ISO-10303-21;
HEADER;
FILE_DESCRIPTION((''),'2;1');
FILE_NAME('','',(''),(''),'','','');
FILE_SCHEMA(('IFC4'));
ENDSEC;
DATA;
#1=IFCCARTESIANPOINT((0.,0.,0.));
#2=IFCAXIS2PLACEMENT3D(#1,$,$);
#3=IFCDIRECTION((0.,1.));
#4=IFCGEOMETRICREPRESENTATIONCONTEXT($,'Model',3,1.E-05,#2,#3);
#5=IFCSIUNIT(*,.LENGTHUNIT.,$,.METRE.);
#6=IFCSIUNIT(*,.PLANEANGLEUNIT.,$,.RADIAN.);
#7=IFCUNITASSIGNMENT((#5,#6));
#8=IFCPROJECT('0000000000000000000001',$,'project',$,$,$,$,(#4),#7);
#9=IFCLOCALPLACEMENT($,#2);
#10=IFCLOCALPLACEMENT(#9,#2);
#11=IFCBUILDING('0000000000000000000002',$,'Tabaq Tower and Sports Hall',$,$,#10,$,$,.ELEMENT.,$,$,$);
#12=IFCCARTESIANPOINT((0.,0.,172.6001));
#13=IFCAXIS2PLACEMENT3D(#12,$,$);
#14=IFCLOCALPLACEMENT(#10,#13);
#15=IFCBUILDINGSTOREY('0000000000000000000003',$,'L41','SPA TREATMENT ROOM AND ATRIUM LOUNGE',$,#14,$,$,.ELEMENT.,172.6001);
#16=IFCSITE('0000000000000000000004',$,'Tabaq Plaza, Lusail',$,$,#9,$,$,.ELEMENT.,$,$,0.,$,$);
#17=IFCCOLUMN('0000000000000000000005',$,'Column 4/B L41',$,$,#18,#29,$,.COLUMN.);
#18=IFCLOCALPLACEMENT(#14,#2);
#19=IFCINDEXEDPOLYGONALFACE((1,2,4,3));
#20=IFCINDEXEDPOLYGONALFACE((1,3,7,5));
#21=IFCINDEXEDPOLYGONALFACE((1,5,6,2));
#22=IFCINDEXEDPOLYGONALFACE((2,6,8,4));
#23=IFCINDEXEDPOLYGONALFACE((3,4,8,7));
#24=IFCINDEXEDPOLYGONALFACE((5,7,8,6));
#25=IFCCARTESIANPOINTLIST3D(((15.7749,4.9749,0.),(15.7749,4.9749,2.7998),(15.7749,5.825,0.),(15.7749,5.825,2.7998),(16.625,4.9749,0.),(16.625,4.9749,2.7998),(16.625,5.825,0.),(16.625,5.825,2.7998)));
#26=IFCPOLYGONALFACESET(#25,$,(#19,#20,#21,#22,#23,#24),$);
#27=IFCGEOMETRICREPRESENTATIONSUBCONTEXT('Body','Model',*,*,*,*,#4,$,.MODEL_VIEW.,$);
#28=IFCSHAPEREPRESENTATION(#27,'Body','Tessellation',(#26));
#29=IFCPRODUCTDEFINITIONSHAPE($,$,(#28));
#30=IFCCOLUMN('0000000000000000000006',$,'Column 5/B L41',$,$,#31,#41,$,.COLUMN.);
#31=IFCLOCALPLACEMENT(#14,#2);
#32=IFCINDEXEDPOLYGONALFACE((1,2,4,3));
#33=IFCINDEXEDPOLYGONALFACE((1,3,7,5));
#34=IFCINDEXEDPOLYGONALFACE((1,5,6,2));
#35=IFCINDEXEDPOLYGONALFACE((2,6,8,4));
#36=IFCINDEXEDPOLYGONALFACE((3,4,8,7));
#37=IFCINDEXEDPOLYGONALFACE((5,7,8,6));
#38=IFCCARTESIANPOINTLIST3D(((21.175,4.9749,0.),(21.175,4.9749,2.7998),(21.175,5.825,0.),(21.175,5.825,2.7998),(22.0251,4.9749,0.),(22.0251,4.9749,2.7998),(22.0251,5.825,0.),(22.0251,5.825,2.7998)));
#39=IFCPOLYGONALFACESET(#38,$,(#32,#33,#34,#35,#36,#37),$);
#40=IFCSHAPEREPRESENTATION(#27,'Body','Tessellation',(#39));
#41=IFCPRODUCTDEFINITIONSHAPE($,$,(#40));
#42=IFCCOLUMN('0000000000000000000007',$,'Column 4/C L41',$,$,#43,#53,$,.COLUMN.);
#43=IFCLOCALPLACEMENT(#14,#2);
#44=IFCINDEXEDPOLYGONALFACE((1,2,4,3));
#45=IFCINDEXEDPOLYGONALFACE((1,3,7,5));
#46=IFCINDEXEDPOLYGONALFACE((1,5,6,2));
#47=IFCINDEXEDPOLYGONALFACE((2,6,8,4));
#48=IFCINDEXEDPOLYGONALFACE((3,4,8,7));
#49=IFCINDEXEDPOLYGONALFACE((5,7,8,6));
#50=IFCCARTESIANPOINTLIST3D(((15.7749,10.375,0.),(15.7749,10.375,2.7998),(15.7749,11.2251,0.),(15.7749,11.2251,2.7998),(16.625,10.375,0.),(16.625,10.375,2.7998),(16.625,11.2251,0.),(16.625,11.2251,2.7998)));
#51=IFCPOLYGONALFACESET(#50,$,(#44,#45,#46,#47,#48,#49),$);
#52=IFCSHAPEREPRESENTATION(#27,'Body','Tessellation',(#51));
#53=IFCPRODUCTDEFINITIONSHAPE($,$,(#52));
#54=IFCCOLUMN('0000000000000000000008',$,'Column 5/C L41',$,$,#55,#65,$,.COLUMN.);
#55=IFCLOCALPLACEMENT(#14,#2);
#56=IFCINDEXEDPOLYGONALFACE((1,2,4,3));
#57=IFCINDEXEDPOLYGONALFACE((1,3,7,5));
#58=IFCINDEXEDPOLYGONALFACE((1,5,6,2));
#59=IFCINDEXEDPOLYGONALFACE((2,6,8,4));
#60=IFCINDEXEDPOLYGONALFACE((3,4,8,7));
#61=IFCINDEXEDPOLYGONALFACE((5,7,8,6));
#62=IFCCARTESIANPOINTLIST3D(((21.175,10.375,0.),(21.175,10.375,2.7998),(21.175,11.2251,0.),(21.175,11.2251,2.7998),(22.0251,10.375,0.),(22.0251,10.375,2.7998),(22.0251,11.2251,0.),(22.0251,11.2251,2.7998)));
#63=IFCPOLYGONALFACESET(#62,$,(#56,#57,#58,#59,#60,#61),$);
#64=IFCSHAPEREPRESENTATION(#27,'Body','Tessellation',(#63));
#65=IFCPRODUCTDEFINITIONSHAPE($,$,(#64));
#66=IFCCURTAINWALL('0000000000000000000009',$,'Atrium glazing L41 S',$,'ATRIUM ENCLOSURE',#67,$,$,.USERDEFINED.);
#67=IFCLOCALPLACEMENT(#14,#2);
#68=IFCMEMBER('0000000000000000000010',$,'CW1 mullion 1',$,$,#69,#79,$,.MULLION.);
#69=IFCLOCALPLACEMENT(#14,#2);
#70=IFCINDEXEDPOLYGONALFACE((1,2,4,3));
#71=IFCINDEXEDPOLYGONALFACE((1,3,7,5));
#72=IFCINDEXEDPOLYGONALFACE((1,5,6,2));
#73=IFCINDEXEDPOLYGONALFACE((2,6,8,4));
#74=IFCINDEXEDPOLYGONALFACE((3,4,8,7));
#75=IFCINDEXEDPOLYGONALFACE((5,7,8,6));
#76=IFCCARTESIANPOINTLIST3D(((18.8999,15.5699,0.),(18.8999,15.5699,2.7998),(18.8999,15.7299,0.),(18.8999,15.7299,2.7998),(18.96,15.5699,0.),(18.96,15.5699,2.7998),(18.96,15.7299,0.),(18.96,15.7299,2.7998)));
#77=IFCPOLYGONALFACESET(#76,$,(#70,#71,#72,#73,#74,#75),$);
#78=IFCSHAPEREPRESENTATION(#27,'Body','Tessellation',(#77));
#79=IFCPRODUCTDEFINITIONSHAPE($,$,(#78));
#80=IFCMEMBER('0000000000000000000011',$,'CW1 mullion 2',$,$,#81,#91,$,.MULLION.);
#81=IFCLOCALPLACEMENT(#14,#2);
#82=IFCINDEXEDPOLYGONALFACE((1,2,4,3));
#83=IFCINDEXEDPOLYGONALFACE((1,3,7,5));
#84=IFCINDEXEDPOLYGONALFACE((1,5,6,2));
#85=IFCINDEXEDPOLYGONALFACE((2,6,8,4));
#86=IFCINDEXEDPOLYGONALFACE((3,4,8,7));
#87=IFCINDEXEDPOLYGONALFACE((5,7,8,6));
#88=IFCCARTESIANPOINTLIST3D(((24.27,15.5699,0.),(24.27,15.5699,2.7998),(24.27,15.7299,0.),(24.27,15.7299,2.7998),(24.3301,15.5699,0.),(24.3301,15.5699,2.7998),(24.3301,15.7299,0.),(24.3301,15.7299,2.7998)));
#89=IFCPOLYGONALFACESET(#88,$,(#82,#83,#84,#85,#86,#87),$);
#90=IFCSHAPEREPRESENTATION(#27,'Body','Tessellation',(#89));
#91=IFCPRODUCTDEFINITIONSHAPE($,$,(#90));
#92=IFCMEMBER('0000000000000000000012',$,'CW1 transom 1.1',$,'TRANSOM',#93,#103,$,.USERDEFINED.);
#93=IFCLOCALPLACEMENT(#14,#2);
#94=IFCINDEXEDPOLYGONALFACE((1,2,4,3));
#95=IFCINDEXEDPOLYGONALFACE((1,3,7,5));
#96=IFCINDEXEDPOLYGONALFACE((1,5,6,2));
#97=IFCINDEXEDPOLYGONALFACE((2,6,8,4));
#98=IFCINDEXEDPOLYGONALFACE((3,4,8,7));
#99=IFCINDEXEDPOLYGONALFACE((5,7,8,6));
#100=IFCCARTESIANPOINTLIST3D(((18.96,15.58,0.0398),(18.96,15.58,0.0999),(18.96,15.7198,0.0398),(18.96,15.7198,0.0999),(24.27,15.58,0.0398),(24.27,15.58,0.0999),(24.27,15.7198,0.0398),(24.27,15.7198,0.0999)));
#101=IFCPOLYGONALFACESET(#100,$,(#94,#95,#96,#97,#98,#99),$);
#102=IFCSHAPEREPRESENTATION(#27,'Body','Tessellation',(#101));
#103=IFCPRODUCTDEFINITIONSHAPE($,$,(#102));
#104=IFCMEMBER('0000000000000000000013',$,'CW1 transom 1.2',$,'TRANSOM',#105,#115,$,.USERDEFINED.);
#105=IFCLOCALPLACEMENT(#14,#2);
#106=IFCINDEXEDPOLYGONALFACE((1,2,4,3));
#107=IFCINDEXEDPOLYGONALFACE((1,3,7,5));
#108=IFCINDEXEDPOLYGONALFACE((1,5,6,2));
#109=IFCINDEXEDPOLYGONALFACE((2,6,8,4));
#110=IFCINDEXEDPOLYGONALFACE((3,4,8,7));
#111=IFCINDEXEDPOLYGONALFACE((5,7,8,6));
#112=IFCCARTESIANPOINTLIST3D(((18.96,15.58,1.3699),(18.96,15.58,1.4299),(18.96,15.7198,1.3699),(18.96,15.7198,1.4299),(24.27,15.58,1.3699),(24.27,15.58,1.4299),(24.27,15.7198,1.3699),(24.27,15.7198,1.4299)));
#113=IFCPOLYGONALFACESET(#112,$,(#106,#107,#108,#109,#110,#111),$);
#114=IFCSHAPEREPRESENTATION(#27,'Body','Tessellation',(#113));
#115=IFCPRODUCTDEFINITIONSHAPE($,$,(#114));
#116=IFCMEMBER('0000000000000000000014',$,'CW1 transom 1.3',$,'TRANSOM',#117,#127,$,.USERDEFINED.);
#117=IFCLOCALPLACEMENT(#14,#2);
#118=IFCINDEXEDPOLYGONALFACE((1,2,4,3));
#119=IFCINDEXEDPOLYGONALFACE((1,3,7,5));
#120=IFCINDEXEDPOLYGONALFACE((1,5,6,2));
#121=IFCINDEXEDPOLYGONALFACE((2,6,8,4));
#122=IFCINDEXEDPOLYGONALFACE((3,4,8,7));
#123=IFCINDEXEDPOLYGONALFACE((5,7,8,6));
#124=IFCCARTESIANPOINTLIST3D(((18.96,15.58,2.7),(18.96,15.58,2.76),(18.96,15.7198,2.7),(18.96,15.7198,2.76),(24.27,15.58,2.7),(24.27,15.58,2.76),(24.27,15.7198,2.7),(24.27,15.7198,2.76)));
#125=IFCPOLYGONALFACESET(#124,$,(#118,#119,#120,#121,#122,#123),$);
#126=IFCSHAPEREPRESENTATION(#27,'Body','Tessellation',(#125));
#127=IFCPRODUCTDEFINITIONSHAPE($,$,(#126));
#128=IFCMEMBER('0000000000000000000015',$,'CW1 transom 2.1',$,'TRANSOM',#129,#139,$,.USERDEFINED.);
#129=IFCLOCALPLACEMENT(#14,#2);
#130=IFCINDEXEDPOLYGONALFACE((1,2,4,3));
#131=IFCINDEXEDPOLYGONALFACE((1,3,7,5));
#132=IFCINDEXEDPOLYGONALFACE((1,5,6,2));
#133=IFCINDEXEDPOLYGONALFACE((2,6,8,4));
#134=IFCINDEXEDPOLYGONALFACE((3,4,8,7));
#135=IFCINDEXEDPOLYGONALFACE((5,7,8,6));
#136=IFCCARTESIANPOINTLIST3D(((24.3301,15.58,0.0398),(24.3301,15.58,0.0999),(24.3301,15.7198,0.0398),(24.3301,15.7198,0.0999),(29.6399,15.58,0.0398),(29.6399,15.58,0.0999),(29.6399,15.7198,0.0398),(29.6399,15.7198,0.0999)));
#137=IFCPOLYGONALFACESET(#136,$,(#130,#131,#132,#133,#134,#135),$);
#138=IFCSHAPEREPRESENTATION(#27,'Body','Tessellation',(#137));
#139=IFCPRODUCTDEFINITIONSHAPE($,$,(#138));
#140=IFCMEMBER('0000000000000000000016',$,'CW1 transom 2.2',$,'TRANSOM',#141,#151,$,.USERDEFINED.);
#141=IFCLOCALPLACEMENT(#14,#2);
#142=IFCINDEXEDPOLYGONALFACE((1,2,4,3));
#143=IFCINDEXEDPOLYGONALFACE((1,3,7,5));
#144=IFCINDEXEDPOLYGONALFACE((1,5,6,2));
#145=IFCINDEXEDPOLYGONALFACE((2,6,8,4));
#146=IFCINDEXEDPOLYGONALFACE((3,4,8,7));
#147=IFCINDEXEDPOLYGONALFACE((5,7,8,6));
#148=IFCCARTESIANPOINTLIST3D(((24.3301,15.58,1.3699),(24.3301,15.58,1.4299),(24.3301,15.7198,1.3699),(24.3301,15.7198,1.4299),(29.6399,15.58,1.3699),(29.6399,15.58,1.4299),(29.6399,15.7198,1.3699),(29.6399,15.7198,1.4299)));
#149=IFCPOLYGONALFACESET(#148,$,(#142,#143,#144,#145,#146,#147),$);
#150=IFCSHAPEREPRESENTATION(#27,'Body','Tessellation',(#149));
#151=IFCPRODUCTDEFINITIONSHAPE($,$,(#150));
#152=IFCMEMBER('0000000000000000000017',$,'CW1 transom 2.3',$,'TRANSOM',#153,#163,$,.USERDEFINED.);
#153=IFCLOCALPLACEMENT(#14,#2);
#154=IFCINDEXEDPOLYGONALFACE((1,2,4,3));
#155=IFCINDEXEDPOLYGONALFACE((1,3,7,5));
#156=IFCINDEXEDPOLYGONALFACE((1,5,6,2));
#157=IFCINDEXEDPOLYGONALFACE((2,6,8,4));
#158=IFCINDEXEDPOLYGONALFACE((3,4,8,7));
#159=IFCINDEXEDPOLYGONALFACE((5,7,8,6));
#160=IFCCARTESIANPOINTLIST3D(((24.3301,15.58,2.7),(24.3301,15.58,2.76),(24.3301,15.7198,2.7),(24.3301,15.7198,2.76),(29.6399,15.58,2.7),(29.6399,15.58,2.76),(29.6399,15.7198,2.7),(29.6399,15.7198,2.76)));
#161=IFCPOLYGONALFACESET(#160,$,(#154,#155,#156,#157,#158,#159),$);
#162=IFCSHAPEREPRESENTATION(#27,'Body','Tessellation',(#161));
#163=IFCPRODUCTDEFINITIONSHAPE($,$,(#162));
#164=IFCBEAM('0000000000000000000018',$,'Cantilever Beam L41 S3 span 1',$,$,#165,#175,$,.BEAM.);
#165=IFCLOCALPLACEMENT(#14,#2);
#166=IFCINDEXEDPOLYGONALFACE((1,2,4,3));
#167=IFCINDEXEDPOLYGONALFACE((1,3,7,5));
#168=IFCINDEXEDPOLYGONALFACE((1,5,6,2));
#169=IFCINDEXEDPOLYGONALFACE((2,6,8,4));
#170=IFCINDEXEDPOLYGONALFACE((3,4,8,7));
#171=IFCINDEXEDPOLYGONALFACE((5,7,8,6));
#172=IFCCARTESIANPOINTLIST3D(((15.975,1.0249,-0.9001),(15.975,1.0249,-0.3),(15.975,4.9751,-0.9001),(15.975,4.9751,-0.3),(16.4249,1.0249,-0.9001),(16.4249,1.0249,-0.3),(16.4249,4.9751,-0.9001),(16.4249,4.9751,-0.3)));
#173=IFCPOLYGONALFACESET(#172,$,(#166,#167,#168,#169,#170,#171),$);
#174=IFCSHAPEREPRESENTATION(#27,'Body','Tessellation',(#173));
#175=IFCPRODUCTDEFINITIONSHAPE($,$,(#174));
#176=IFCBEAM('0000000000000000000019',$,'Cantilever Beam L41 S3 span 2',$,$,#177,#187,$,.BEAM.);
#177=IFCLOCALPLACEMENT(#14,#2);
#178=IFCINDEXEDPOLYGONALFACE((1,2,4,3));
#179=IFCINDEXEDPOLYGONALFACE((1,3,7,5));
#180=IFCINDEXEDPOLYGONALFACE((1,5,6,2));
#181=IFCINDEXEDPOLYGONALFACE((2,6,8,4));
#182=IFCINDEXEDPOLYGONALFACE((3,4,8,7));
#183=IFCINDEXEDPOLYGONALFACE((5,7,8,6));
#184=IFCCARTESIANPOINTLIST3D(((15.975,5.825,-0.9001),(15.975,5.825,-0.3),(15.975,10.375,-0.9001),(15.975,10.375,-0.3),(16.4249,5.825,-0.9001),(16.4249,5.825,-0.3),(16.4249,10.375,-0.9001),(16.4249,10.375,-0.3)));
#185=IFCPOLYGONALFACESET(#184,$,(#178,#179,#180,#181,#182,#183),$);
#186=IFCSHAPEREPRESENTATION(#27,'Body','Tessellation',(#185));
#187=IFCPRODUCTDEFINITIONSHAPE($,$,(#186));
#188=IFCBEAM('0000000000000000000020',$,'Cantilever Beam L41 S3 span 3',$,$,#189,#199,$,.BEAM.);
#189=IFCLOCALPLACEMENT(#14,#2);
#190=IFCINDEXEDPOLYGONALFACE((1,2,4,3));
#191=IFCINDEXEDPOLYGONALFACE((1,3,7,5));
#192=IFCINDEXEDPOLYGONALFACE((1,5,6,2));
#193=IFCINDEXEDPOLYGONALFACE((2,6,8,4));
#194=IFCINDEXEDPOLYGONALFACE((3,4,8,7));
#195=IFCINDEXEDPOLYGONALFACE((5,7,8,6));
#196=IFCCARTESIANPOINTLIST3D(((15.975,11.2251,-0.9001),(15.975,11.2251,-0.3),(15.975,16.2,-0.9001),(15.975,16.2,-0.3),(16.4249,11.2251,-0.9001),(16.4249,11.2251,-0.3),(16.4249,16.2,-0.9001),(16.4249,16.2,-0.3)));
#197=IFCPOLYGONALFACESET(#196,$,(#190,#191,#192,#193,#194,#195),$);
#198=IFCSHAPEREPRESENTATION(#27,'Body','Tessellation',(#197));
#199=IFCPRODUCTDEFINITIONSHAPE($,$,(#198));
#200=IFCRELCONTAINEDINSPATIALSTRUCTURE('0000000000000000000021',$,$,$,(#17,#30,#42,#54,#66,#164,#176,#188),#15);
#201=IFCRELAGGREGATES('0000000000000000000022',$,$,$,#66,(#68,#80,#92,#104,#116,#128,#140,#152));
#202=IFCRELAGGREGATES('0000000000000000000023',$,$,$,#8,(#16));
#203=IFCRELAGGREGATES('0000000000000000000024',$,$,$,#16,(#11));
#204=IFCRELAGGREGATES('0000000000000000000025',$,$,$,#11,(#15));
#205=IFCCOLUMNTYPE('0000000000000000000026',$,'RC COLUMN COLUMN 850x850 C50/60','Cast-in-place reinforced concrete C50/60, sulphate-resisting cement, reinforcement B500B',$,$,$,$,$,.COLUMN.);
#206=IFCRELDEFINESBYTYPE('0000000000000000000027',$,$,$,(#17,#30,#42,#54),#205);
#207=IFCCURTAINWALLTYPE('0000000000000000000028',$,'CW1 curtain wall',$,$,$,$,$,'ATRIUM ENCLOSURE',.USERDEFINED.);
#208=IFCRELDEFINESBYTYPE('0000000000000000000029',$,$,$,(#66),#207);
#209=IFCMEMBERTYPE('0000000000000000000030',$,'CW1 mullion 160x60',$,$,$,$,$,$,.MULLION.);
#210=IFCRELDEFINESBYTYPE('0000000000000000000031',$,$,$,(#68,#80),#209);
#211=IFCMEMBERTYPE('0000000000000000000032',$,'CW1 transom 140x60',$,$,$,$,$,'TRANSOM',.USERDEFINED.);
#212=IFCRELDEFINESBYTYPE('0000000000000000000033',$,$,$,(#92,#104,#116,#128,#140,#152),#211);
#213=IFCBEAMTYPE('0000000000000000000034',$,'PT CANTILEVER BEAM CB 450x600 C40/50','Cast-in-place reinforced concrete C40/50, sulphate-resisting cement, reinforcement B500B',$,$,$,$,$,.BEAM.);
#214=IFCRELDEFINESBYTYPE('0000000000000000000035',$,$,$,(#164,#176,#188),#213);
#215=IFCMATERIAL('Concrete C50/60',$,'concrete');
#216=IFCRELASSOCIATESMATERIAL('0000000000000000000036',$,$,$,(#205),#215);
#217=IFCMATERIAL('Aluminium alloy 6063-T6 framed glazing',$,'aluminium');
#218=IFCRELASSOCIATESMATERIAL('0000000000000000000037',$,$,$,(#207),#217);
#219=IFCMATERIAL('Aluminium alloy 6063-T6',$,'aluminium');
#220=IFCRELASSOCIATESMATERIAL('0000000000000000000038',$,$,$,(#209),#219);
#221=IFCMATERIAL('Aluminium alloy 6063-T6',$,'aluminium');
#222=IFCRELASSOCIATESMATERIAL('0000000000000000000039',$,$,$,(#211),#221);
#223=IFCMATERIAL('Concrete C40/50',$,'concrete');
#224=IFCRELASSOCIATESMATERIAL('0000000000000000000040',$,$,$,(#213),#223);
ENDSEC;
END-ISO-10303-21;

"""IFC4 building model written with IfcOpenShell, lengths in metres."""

from ifc_helpers import new_model, si_unit, direction, frame, origin, origin_2d, place, context, subcontext, project, spatial, rectangle, extrude, material, material_profile, profile_set, type_object, element, aggregate, save


model = new_model("IFC4")

# Units and contexts
model_context = context("Model", 3, precision=1e-05, world=origin(), true_north=direction((0.0, 1.0)))
body_context = subcontext(model_context, "Body", "Model", "MODEL_VIEW")
ifc_project = project(units=[si_unit("LENGTHUNIT", "METRE"), si_unit("PLANEANGLEUNIT", "RADIAN")], contexts=[model_context])

# Site, building, storey
site_placement = place(None, origin())
site = spatial("IfcSite", under=ifc_project, at=site_placement, Name="Tabaq Plaza, Lusail", CompositionType="ELEMENT", RefElevation=0.0)
building_placement = place(site_placement, origin())
building = spatial("IfcBuilding", under=site, at=building_placement, Name="Tabaq Tower and Sports Hall", CompositionType="ELEMENT")
storey_placement = place(building_placement, frame((0.0, 0.0, 172.6001)))
storey = spatial("IfcBuildingStorey", under=building, at=storey_placement, Name="L41", Description="SPA TREATMENT ROOM AND ATRIUM LOUNGE", CompositionType="ELEMENT", Elevation=172.6001)

# Columns
ifc_material_1 = material(Name="Concrete C50/60", Category="concrete")
ifc_material_profile_1 = material_profile(ifc_material_1, rectangle(XDim=0.8501, YDim=0.8501, at=origin_2d()), Name="COLUMN 850x850")
ifc_profile_set_1 = profile_set([ifc_material_profile_1], Name="Concrete C50/60")
column_type = type_object("IfcColumnType", Name="RC COLUMN COLUMN 850x850 C50/60", Description="Cast-in-place reinforced concrete C50/60, sulphate-resisting cement, reinforcement B500B", PredefinedType="COLUMN", material=ifc_profile_set_1)
for number, where, z_axis, x_axis, name in (
    (1, (16.2, 5.3999, 0.0), (0.0, 0.0, 1.0), (1.0, 0.0, 0.0), "Column 4/B L41"),
    (2, (21.6001, 5.3999, 0.0), (0.0, 0.0, 1.0), (1.0, 0.0, 0.0), "Column 5/B L41"),
    (3, (16.2, 10.8, 0.0), (0.0, 0.0, 1.0), (1.0, 0.0, 0.0), "Column 4/C L41"),
    (4, (21.6001, 10.8, 0.0), (0.0, 0.0, 1.0), (1.0, 0.0, 0.0), "Column 5/C L41"),
):
    element("IfcColumn", number, at=place(storey_placement, frame(where, z_axis=z_axis, x_axis=x_axis)), inside=storey, type_object=column_type, Name=name, PredefinedType="COLUMN", context=body_context, shape_type="SweptSolid", body=[
        extrude(rectangle(XDim=0.8501, YDim=0.8501, at=origin_2d()), origin(), (0.0, 0.0, 1.0), 2.7998),
    ])

# Curtain wall, members
ifc_material_2 = material(Name="Aluminium alloy 6063-T6 framed glazing", Category="aluminium")
curtain_wall_type = type_object("IfcCurtainWallType", Name="CW1 curtain wall", ElementType="ATRIUM ENCLOSURE", PredefinedType="USERDEFINED", material=ifc_material_2)
curtain_wall_placement = place(storey_placement, origin())
curtain_wall = element("IfcCurtainWall", 5, at=curtain_wall_placement, inside=storey, type_object=curtain_wall_type, Name="Atrium glazing L41 S", ObjectType="ATRIUM ENCLOSURE", PredefinedType="USERDEFINED")
ifc_material_3 = material(Name="Aluminium alloy 6063-T6", Category="aluminium")
ifc_material_profile_2 = material_profile(ifc_material_3, rectangle(XDim=0.1599, YDim=0.0601, at=origin_2d()), Name="MULLION 160x60")
ifc_profile_set_2 = profile_set([ifc_material_profile_2], Name="Aluminium alloy 6063-T6")
member_type_1 = type_object("IfcMemberType", Name="CW1 mullion 160x60", PredefinedType="MULLION", material=ifc_profile_set_2)
member_1_placement = place(storey_placement, frame((18.9299, 15.6499, 0.0), z_axis=(0.0, 0.0, 1.0), x_axis=(0.0, 1.0, 0.0)))
member_1 = element("IfcMember", 6, at=member_1_placement, type_object=member_type_1, Name="CW1 mullion 1", PredefinedType="MULLION", context=body_context, shape_type="SweptSolid", body=[
    extrude(rectangle(XDim=0.1599, YDim=0.0601, at=origin_2d()), origin(), (0.0, 0.0, 1.0), 2.7998),
])
member_2_placement = place(storey_placement, frame((24.3, 15.6499, 0.0), z_axis=(0.0, 0.0, 1.0), x_axis=(0.0, 1.0, 0.0)))
member_2 = element("IfcMember", 7, at=member_2_placement, type_object=member_type_1, Name="CW1 mullion 2", PredefinedType="MULLION", context=body_context, shape_type="SweptSolid", body=[
    extrude(rectangle(XDim=0.1599, YDim=0.0601, at=origin_2d()), origin(), (0.0, 0.0, 1.0), 2.7998),
])
ifc_material_4 = material(Name="Aluminium alloy 6063-T6", Category="aluminium")
ifc_material_profile_3 = material_profile(ifc_material_4, rectangle(XDim=0.1399, YDim=0.0601, at=origin_2d()), Name="TRANSOM 140x60")
ifc_profile_set_3 = profile_set([ifc_material_profile_3], Name="Aluminium alloy 6063-T6")
member_type_2 = type_object("IfcMemberType", Name="CW1 transom 140x60", ElementType="TRANSOM", PredefinedType="USERDEFINED", material=ifc_profile_set_3)
member_3_placement = place(storey_placement, frame((18.96, 15.6499, 0.0698), z_axis=(1.0, 0.0, 0.0), x_axis=(0.0, 1.0, 0.0)))
member_3 = element("IfcMember", 8, at=member_3_placement, type_object=member_type_2, Name="CW1 transom 1.1", ObjectType="TRANSOM", PredefinedType="USERDEFINED", context=body_context, shape_type="SweptSolid", body=[
    extrude(rectangle(XDim=0.1399, YDim=0.0601, at=origin_2d()), origin(), (0.0, 0.0, 1.0), 5.3101),
])
member_4_placement = place(storey_placement, frame((18.96, 15.6499, 1.3999), z_axis=(1.0, 0.0, 0.0), x_axis=(0.0, 1.0, 0.0)))
member_4 = element("IfcMember", 9, at=member_4_placement, type_object=member_type_2, Name="CW1 transom 1.2", ObjectType="TRANSOM", PredefinedType="USERDEFINED", context=body_context, shape_type="SweptSolid", body=[
    extrude(rectangle(XDim=0.1399, YDim=0.0601, at=origin_2d()), origin(), (0.0, 0.0, 1.0), 5.3101),
])
member_5_placement = place(storey_placement, frame((18.96, 15.6499, 2.73), z_axis=(1.0, 0.0, 0.0), x_axis=(0.0, 1.0, 0.0)))
member_5 = element("IfcMember", 10, at=member_5_placement, type_object=member_type_2, Name="CW1 transom 1.3", ObjectType="TRANSOM", PredefinedType="USERDEFINED", context=body_context, shape_type="SweptSolid", body=[
    extrude(rectangle(XDim=0.1399, YDim=0.0601, at=origin_2d()), origin(), (0.0, 0.0, 1.0), 5.3101),
])
member_6_placement = place(storey_placement, frame((24.3301, 15.6499, 0.0698), z_axis=(1.0, 0.0, 0.0), x_axis=(0.0, 1.0, 0.0)))
member_6 = element("IfcMember", 11, at=member_6_placement, type_object=member_type_2, Name="CW1 transom 2.1", ObjectType="TRANSOM", PredefinedType="USERDEFINED", context=body_context, shape_type="SweptSolid", body=[
    extrude(rectangle(XDim=0.1399, YDim=0.0601, at=origin_2d()), origin(), (0.0, 0.0, 1.0), 5.3098),
])
member_7_placement = place(storey_placement, frame((24.3301, 15.6499, 1.3999), z_axis=(1.0, 0.0, 0.0), x_axis=(0.0, 1.0, 0.0)))
member_7 = element("IfcMember", 12, at=member_7_placement, type_object=member_type_2, Name="CW1 transom 2.2", ObjectType="TRANSOM", PredefinedType="USERDEFINED", context=body_context, shape_type="SweptSolid", body=[
    extrude(rectangle(XDim=0.1399, YDim=0.0601, at=origin_2d()), origin(), (0.0, 0.0, 1.0), 5.3098),
])
member_8_placement = place(storey_placement, frame((24.3301, 15.6499, 2.73), z_axis=(1.0, 0.0, 0.0), x_axis=(0.0, 1.0, 0.0)))
member_8 = element("IfcMember", 13, at=member_8_placement, type_object=member_type_2, Name="CW1 transom 2.3", ObjectType="TRANSOM", PredefinedType="USERDEFINED", context=body_context, shape_type="SweptSolid", body=[
    extrude(rectangle(XDim=0.1399, YDim=0.0601, at=origin_2d()), origin(), (0.0, 0.0, 1.0), 5.3098),
])

# Beams
ifc_material_5 = material(Name="Concrete C40/50", Category="concrete")
ifc_material_profile_4 = material_profile(ifc_material_5, rectangle(XDim=0.45, YDim=0.6001, at=origin_2d()), Name="CB 450x600")
ifc_profile_set_4 = profile_set([ifc_material_profile_4], Name="Concrete C40/50")
beam_type = type_object("IfcBeamType", Name="PT CANTILEVER BEAM CB 450x600 C40/50", Description="Cast-in-place reinforced concrete C40/50, sulphate-resisting cement, reinforcement B500B", PredefinedType="BEAM", material=ifc_profile_set_4)
beam_1_placement = place(storey_placement, frame((16.2, 1.0249, -0.6001), z_axis=(0.0, 1.0, 0.0), x_axis=(-1.0, 0.0, 0.0)))
element("IfcBeam", 14, at=beam_1_placement, inside=storey, type_object=beam_type, Name="Cantilever Beam L41 S3 span 1", PredefinedType="BEAM", context=body_context, shape_type="SweptSolid", body=[
    extrude(rectangle(XDim=0.45, YDim=0.6001, at=origin_2d()), origin(), (0.0, 0.0, 1.0), 3.9502),
])
beam_2_placement = place(storey_placement, frame((16.2, 5.825, -0.6001), z_axis=(0.0, 1.0, 0.0), x_axis=(-1.0, 0.0, 0.0)))
element("IfcBeam", 15, at=beam_2_placement, inside=storey, type_object=beam_type, Name="Cantilever Beam L41 S3 span 2", PredefinedType="BEAM", context=body_context, shape_type="SweptSolid", body=[
    extrude(rectangle(XDim=0.45, YDim=0.6001, at=origin_2d()), origin(), (0.0, 0.0, 1.0), 4.55),
])
beam_3_placement = place(storey_placement, frame((16.2, 11.2251, -0.6001), z_axis=(0.0, 1.0, 0.0), x_axis=(-1.0, 0.0, 0.0)))
element("IfcBeam", 16, at=beam_3_placement, inside=storey, type_object=beam_type, Name="Cantilever Beam L41 S3 span 3", PredefinedType="BEAM", context=body_context, shape_type="SweptSolid", body=[
    extrude(rectangle(XDim=0.45, YDim=0.6001, at=origin_2d()), origin(), (0.0, 0.0, 1.0), 4.9749),
])

aggregate(curtain_wall, [member_1, member_2, member_3, member_4, member_5, member_6, member_7, member_8])

save(model, "model.ifc")
